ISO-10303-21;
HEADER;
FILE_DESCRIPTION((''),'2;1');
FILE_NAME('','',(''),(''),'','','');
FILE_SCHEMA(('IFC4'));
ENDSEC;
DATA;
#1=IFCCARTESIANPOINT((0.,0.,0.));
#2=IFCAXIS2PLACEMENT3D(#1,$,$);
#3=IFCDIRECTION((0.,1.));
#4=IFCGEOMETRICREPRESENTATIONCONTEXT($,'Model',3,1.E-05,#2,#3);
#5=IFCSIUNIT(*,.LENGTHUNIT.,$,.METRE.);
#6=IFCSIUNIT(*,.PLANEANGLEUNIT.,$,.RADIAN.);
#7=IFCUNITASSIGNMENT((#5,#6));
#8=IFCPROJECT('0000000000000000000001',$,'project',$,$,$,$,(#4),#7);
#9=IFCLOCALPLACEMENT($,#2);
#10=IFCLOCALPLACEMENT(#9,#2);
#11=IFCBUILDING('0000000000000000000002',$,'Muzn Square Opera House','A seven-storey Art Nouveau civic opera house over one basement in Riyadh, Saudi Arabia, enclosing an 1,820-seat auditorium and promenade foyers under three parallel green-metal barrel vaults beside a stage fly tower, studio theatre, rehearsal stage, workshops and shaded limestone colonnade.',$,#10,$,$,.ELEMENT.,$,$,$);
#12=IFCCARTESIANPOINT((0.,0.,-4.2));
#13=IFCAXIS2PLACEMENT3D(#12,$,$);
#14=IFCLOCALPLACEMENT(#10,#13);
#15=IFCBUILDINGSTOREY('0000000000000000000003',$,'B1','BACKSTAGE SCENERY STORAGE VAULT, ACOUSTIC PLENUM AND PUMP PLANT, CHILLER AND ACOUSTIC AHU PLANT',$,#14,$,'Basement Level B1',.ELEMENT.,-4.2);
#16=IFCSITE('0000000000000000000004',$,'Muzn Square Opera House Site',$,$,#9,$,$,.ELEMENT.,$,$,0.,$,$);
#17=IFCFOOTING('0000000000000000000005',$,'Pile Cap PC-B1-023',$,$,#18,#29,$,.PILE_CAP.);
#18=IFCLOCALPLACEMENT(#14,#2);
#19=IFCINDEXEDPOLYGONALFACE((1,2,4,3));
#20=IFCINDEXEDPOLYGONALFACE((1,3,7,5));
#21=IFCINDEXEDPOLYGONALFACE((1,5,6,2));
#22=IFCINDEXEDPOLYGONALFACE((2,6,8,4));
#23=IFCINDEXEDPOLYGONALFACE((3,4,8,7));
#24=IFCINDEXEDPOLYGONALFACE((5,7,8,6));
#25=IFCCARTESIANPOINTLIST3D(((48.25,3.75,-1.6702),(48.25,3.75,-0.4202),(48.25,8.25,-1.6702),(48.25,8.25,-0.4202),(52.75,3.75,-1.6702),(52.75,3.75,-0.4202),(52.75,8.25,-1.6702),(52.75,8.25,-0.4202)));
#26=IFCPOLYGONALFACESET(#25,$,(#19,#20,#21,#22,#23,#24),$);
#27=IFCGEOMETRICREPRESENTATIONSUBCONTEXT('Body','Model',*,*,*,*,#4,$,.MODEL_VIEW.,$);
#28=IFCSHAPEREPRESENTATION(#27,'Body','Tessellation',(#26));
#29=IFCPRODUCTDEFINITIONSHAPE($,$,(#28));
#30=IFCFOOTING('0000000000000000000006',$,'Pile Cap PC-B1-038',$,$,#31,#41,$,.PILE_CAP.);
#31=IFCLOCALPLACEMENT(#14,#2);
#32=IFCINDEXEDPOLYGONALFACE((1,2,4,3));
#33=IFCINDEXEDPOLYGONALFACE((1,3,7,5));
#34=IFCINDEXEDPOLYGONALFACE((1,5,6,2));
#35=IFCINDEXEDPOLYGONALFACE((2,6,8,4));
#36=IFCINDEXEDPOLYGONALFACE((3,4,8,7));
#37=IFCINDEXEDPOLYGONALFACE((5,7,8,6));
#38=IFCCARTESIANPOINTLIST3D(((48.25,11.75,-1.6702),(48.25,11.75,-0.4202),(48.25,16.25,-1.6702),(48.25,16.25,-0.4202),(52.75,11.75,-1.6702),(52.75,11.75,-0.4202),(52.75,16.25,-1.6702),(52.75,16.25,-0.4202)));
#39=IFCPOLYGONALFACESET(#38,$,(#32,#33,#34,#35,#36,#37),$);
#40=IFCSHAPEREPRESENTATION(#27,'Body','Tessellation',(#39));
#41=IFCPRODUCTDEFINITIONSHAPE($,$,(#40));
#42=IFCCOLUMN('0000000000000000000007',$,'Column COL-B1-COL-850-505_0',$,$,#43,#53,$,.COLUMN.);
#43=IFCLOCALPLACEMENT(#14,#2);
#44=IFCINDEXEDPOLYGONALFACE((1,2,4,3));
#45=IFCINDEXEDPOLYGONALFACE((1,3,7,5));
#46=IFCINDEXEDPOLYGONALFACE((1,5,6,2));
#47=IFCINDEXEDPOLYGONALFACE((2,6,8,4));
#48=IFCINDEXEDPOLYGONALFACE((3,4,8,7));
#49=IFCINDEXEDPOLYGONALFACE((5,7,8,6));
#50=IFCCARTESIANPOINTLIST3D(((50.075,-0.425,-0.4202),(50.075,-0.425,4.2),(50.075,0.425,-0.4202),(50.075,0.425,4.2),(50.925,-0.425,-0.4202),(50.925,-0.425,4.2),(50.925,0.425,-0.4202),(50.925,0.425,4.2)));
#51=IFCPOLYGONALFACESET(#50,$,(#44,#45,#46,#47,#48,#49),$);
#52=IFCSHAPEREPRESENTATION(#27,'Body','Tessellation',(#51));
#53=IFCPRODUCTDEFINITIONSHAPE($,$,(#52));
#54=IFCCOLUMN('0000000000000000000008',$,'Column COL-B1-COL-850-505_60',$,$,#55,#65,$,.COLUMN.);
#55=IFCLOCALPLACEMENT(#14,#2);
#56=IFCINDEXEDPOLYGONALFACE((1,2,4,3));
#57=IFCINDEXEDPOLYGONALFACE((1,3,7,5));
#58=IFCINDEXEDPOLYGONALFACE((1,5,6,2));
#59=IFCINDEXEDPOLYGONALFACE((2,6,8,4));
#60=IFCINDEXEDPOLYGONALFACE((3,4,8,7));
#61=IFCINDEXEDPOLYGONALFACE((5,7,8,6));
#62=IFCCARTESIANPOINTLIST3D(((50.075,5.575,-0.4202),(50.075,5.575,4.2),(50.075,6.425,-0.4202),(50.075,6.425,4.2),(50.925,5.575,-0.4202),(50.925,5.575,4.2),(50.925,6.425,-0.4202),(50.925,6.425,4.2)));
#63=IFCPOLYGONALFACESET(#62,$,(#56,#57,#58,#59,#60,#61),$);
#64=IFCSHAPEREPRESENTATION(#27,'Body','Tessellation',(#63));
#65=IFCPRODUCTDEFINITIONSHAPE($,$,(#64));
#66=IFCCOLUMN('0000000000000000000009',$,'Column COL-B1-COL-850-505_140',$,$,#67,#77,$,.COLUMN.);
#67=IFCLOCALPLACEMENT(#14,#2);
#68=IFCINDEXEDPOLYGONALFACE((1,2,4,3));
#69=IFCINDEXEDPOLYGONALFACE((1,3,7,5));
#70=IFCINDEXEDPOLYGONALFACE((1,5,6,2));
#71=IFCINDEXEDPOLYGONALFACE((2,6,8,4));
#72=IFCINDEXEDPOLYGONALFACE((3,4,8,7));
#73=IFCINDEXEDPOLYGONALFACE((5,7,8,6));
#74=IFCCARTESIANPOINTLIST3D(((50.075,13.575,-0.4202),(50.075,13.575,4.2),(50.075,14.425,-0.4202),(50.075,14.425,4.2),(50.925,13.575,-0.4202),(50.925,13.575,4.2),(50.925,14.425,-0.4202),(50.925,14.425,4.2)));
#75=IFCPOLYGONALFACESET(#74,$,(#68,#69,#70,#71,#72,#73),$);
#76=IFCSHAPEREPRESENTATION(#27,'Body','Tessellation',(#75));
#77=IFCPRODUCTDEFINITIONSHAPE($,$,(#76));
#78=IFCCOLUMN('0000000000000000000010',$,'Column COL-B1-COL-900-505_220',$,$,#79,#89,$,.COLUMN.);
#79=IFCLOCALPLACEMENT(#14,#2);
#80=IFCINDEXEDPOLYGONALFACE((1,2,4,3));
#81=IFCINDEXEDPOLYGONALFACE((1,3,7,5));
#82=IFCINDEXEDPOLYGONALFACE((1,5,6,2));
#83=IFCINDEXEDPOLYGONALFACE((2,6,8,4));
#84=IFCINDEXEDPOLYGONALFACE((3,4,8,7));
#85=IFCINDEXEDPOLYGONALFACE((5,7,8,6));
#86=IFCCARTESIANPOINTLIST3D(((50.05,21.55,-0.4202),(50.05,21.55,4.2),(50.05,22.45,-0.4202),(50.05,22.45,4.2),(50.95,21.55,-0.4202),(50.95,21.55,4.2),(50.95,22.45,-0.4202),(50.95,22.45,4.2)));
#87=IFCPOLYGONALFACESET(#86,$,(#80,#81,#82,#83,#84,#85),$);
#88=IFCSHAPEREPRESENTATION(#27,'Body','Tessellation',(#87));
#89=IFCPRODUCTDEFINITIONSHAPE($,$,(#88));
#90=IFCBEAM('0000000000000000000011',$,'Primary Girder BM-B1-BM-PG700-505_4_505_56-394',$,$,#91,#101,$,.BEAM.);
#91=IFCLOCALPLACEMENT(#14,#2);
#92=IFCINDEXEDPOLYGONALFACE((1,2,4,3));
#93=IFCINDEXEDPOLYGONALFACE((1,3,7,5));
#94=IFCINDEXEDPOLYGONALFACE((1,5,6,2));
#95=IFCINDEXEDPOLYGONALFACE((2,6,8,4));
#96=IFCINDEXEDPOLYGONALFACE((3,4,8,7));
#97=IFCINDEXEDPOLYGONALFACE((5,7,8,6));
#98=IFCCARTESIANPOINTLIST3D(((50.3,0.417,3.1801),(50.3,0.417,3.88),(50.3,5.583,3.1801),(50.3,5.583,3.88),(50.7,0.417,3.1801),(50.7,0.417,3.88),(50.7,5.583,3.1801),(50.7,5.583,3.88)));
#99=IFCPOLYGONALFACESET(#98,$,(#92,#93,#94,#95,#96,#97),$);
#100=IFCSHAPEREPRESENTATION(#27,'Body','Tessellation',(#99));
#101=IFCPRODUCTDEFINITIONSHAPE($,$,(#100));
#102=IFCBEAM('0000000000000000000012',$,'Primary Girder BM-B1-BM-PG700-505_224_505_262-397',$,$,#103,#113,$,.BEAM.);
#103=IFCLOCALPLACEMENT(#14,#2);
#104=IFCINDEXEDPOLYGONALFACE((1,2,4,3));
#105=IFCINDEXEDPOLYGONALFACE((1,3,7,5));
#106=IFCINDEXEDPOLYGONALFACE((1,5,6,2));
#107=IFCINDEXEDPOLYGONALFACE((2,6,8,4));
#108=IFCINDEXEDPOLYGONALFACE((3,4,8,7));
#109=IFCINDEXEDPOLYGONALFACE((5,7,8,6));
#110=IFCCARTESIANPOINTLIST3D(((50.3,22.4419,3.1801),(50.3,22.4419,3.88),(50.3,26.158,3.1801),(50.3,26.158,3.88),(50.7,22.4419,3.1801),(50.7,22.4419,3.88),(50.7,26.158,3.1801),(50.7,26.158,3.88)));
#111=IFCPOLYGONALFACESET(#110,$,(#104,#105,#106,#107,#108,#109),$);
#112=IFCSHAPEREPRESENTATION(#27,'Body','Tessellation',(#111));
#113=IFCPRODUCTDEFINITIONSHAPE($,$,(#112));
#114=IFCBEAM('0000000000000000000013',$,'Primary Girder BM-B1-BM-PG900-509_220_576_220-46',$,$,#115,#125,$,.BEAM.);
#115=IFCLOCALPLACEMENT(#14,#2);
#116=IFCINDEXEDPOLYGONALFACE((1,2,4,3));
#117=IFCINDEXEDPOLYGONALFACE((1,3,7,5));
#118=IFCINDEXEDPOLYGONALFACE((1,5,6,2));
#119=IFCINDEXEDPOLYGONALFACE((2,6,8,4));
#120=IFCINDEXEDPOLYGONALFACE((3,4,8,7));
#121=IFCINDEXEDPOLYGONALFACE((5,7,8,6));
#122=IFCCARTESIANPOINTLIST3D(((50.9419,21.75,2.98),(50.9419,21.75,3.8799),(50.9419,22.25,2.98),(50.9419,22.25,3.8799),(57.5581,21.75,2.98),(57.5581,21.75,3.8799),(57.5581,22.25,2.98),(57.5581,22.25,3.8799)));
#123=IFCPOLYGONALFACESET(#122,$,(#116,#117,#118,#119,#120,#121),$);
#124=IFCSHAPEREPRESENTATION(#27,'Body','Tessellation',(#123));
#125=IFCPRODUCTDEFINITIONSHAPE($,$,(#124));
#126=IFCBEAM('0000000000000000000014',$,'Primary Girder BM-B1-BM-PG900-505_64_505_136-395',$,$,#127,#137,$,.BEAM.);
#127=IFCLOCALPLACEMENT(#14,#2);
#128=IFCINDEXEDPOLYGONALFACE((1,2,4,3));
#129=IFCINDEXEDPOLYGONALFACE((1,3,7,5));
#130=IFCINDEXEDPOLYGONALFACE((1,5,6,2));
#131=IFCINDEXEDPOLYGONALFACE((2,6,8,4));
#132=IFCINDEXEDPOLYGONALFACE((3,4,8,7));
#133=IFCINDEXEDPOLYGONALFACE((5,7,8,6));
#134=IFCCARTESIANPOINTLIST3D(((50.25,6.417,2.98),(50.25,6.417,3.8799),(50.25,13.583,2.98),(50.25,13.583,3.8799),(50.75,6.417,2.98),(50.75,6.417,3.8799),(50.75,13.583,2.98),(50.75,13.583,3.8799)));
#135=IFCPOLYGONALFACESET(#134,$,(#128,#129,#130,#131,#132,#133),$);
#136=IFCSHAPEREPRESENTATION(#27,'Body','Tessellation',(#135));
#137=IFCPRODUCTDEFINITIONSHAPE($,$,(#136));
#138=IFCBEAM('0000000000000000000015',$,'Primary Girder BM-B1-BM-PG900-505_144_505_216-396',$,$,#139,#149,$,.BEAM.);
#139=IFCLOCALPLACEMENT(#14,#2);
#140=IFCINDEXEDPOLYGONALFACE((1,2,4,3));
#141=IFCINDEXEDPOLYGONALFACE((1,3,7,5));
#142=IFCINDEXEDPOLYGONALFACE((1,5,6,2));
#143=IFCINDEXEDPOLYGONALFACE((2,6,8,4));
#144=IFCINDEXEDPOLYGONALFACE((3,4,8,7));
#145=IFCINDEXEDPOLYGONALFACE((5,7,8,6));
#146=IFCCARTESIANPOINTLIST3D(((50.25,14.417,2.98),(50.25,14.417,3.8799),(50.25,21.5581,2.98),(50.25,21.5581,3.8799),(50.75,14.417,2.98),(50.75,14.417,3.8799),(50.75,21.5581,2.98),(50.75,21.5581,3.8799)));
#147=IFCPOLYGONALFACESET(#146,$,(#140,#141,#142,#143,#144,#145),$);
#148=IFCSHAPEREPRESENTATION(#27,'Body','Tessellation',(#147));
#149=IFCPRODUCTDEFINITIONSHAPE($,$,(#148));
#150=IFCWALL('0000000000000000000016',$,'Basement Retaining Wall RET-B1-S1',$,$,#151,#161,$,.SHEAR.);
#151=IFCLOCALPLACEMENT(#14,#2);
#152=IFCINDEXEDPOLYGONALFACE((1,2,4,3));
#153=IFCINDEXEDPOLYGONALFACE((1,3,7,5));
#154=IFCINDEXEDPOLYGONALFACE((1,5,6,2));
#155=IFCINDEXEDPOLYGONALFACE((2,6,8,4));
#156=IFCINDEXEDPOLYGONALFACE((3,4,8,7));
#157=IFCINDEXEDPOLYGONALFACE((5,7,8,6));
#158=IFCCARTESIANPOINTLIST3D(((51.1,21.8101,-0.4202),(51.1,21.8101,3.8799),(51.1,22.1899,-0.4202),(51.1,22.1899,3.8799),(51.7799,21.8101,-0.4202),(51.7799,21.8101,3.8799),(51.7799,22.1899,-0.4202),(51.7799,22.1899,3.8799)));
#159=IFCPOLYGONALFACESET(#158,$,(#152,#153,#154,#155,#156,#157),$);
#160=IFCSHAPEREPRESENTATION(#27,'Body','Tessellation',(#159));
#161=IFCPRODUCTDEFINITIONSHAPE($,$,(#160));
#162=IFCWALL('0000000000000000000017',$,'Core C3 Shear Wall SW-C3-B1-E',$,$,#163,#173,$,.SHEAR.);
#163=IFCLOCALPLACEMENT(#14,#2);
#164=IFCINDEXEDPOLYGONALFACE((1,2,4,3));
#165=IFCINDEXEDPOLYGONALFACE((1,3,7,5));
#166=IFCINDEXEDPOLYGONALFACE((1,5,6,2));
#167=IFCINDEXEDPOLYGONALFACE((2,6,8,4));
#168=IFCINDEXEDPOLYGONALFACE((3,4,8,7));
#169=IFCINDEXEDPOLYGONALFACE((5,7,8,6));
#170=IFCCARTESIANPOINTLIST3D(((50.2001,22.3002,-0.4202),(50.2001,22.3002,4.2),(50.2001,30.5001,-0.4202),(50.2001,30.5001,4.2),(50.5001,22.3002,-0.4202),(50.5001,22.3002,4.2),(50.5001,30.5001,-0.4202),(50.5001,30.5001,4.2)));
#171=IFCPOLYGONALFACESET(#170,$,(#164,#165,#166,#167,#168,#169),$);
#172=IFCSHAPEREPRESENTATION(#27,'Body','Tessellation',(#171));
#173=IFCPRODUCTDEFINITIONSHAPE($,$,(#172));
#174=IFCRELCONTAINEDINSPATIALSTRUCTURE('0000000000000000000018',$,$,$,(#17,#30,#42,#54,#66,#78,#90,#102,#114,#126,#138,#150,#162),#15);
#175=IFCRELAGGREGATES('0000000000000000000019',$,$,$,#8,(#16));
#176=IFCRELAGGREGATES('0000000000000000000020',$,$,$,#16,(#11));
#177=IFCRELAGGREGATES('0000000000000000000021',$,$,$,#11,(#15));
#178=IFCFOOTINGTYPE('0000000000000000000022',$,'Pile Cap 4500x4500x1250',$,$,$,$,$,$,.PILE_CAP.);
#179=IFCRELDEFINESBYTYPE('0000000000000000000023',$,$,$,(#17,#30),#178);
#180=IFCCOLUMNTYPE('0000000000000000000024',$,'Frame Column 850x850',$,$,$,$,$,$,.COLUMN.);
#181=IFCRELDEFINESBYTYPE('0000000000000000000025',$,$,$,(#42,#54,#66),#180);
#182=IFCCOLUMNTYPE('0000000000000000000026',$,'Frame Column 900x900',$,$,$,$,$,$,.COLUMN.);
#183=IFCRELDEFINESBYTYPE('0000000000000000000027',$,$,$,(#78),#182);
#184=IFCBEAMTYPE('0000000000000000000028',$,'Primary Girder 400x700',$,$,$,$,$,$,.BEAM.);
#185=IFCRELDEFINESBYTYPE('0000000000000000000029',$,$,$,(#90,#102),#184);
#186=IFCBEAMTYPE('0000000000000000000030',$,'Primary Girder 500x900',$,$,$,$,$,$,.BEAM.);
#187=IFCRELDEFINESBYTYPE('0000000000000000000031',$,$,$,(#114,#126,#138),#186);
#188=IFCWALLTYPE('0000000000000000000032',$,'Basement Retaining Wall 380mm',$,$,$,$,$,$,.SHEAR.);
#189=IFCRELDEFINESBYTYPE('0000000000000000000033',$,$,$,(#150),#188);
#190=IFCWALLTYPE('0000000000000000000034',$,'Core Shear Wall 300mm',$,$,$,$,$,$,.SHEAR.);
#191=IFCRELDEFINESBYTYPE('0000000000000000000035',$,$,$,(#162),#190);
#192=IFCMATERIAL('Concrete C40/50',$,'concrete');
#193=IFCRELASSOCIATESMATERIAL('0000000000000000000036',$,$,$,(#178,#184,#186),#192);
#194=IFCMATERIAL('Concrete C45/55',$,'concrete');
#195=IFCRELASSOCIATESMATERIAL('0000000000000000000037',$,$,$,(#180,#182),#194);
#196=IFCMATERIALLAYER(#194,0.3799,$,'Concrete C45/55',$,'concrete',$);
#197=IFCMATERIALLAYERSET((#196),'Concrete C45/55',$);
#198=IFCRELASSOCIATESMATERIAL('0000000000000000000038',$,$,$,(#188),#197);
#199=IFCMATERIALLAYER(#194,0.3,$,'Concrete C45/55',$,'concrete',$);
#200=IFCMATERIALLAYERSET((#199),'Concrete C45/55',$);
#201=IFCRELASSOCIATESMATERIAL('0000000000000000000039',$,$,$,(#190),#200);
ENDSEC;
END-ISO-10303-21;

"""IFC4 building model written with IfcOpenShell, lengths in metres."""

from ifc_helpers import new_model, si_unit, direction, frame, frame_2d, origin, origin_2d, place, context, subcontext, project, spatial, rectangle, extrude, material, layer, layer_set, material_profile, profile_set, type_object, element, save


model = new_model("IFC4")

# Units and contexts
model_context = context("Model", 3, precision=1e-05, world=origin(), true_north=direction((0.0, 1.0)))
body_context = subcontext(model_context, "Body", "Model", "MODEL_VIEW")
ifc_project = project(units=[si_unit("LENGTHUNIT", "METRE"), si_unit("PLANEANGLEUNIT", "RADIAN")], contexts=[model_context])

# Site, building, storey
site_placement = place(None, origin())
site = spatial("IfcSite", under=ifc_project, at=site_placement, Name="Muzn Square Opera House Site", CompositionType="ELEMENT", RefElevation=0.0)
building_placement = place(site_placement, origin())
building = spatial("IfcBuilding", under=site, at=building_placement, Name="Muzn Square Opera House", Description="A seven-storey Art Nouveau civic opera house over one basement in Riyadh, Saudi Arabia, enclosing an 1,820-seat auditorium and promenade foyers under three parallel green-metal barrel vaults beside a stage fly tower, studio theatre, rehearsal stage, workshops and shaded limestone colonnade.", CompositionType="ELEMENT")
storey_placement = place(building_placement, frame((0.0, 0.0, -4.2)))
storey = spatial("IfcBuildingStorey", under=building, at=storey_placement, Name="B1", Description="BACKSTAGE SCENERY STORAGE VAULT, ACOUSTIC PLENUM AND PUMP PLANT, CHILLER AND ACOUSTIC AHU PLANT", LongName="Basement Level B1", CompositionType="ELEMENT", Elevation=-4.2)

# Shared definitions
ifc_material_1 = material(Name="Concrete C40/50", Category="concrete")

# Footings
footing_type_1 = type_object("IfcFootingType", Name="Pile Cap 4500x4500x1250", PredefinedType="PILE_CAP", material=ifc_material_1)
for number, where, z_axis, x_axis, name in (
    (1, (50.5, 6.0, -1.6702), (0.0, 0.0, 1.0), (1.0, 0.0, 0.0), "Pile Cap PC-B1-023"),
    (2, (50.5, 14.0, -1.6702), (0.0, 0.0, 1.0), (1.0, 0.0, 0.0), "Pile Cap PC-B1-038"),
):
    element("IfcFooting", number, at=place(storey_placement, frame(where, z_axis=z_axis, x_axis=x_axis)), inside=storey, type_object=footing_type_1, Name=name, PredefinedType="PILE_CAP", context=body_context, shape_type="SweptSolid", body=[
        extrude(rectangle(XDim=4.5, YDim=4.5, at=origin_2d()), origin(), (0.0, 0.0, 1.0), 1.25),
    ])

# Columns
ifc_material_2 = material(Name="Concrete C45/55", Category="concrete")
ifc_material_profile_1 = material_profile(ifc_material_2, rectangle(XDim=0.8501, YDim=0.8501, at=origin_2d()), Name="RC 850x850", Category="concrete")
ifc_profile_set_1 = profile_set([ifc_material_profile_1], Name="Concrete C45/55")
column_type_1 = type_object("IfcColumnType", Name="Frame Column 850x850", PredefinedType="COLUMN", material=ifc_profile_set_1)
for number, where, z_axis, x_axis, name in (
    (3, (50.5, 0.0, -0.4202), (0.0, 0.0, 1.0), (1.0, 0.0, 0.0), "Column COL-B1-COL-850-505_0"),
    (4, (50.5, 6.0, -0.4202), (0.0, 0.0, 1.0), (1.0, 0.0, 0.0), "Column COL-B1-COL-850-505_60"),
    (5, (50.5, 14.0, -0.4202), (0.0, 0.0, 1.0), (1.0, 0.0, 0.0), "Column COL-B1-COL-850-505_140"),
):
    element("IfcColumn", number, at=place(storey_placement, frame(where, z_axis=z_axis, x_axis=x_axis)), inside=storey, type_object=column_type_1, Name=name, PredefinedType="COLUMN", context=body_context, shape_type="SweptSolid", body=[
        extrude(rectangle(XDim=0.8501, YDim=0.8501, at=origin_2d()), origin(), (0.0, 0.0, 1.0), 4.6201),
    ])
ifc_material_profile_2 = material_profile(ifc_material_2, rectangle(XDim=0.8999, YDim=0.8999, at=origin_2d()), Name="RC 900x900", Category="concrete")
ifc_profile_set_2 = profile_set([ifc_material_profile_2], Name="Concrete C45/55")
column_type_2 = type_object("IfcColumnType", Name="Frame Column 900x900", PredefinedType="COLUMN", material=ifc_profile_set_2)
column_placement = place(storey_placement, frame((50.5, 22.0, -0.4202), z_axis=(0.0, 0.0, 1.0), x_axis=(1.0, 0.0, 0.0)))
element("IfcColumn", 6, at=column_placement, inside=storey, type_object=column_type_2, Name="Column COL-B1-COL-900-505_220", PredefinedType="COLUMN", context=body_context, shape_type="SweptSolid", body=[
    extrude(rectangle(XDim=0.8999, YDim=0.8999, at=origin_2d()), origin(), (0.0, 0.0, 1.0), 4.6201),
])

# Beams
ifc_material_profile_3 = material_profile(ifc_material_1, rectangle(XDim=0.3999, YDim=0.7, at=origin_2d()), Name="RCB 400x700", Category="concrete")
ifc_profile_set_3 = profile_set([ifc_material_profile_3], Name="Concrete C40/50")
beam_type_1 = type_object("IfcBeamType", Name="Primary Girder 400x700", PredefinedType="BEAM", material=ifc_profile_set_3)
beam_1_placement = place(storey_placement, frame((50.5, 0.417, 3.53), z_axis=(0.0, 1.0, 0.0), x_axis=(-1.0, 0.0, 0.0)))
element("IfcBeam", 7, at=beam_1_placement, inside=storey, type_object=beam_type_1, Name="Primary Girder BM-B1-BM-PG700-505_4_505_56-394", PredefinedType="BEAM", context=body_context, shape_type="SweptSolid", body=[
    extrude(rectangle(XDim=0.3999, YDim=0.7, at=origin_2d()), origin(), (0.0, 0.0, 1.0), 5.166),
])
beam_2_placement = place(storey_placement, frame((50.5, 22.4419, 3.53), z_axis=(0.0, 1.0, 0.0), x_axis=(-1.0, 0.0, 0.0)))
element("IfcBeam", 8, at=beam_2_placement, inside=storey, type_object=beam_type_1, Name="Primary Girder BM-B1-BM-PG700-505_224_505_262-397", PredefinedType="BEAM", context=body_context, shape_type="SweptSolid", body=[
    extrude(rectangle(XDim=0.3999, YDim=0.7, at=origin_2d()), origin(), (0.0, 0.0, 1.0), 3.7161),
])
ifc_material_profile_4 = material_profile(ifc_material_1, rectangle(XDim=0.5, YDim=0.8999, at=origin_2d()), Name="RCB 500x900", Category="concrete")
ifc_profile_set_4 = profile_set([ifc_material_profile_4], Name="Concrete C40/50")
beam_type_2 = type_object("IfcBeamType", Name="Primary Girder 500x900", PredefinedType="BEAM", material=ifc_profile_set_4)
beam_3_placement = place(storey_placement, frame((50.9419, 22.0, 3.4299), z_axis=(1.0, 0.0, 0.0), x_axis=(0.0, 1.0, 0.0)))
element("IfcBeam", 9, at=beam_3_placement, inside=storey, type_object=beam_type_2, Name="Primary Girder BM-B1-BM-PG900-509_220_576_220-46", PredefinedType="BEAM", context=body_context, shape_type="SweptSolid", body=[
    extrude(rectangle(XDim=0.5, YDim=0.8999, at=origin_2d()), origin(), (0.0, 0.0, 1.0), 6.6162),
])
beam_4_placement = place(storey_placement, frame((50.5, 6.417, 3.4299), z_axis=(0.0, 1.0, 0.0), x_axis=(-1.0, 0.0, 0.0)))
element("IfcBeam", 10, at=beam_4_placement, inside=storey, type_object=beam_type_2, Name="Primary Girder BM-B1-BM-PG900-505_64_505_136-395", PredefinedType="BEAM", context=body_context, shape_type="SweptSolid", body=[
    extrude(rectangle(XDim=0.5, YDim=0.8999, at=origin_2d()), origin(), (0.0, 0.0, 1.0), 7.166),
])
beam_5_placement = place(storey_placement, frame((50.5, 14.417, 3.4299), z_axis=(0.0, 1.0, 0.0), x_axis=(-1.0, 0.0, 0.0)))
element("IfcBeam", 11, at=beam_5_placement, inside=storey, type_object=beam_type_2, Name="Primary Girder BM-B1-BM-PG900-505_144_505_216-396", PredefinedType="BEAM", context=body_context, shape_type="SweptSolid", body=[
    extrude(rectangle(XDim=0.5, YDim=0.8999, at=origin_2d()), origin(), (0.0, 0.0, 1.0), 7.1411),
])

# Walls
ifc_layer_1 = layer(ifc_material_2, 0.3799, Name="Concrete C45/55", Category="concrete")
ifc_layer_set_1 = layer_set([ifc_layer_1], Name="Concrete C45/55")
wall_type_1 = type_object("IfcWallType", Name="Basement Retaining Wall 380mm", PredefinedType="SHEAR", material=ifc_layer_set_1)
wall_1_placement = place(storey_placement, frame((51.1001, 22.0, -0.4202), z_axis=(0.0, 0.0, 1.0), x_axis=(1.0, 0.0, 0.0)))
element("IfcWall", 12, at=wall_1_placement, inside=storey, type_object=wall_type_1, Name="Basement Retaining Wall RET-B1-S1", PredefinedType="SHEAR", context=body_context, shape_type="SweptSolid", body=[
    extrude(rectangle(XDim=0.6799, YDim=0.3799, at=frame_2d((0.3398, 0.0))), origin(), (0.0, 0.0, 1.0), 4.3),
])
ifc_layer_2 = layer(ifc_material_2, 0.3, Name="Concrete C45/55", Category="concrete")
ifc_layer_set_2 = layer_set([ifc_layer_2], Name="Concrete C45/55")
wall_type_2 = type_object("IfcWallType", Name="Core Shear Wall 300mm", PredefinedType="SHEAR", material=ifc_layer_set_2)
wall_2_placement = place(storey_placement, frame((50.3501, 22.3, -0.4202), z_axis=(0.0, 0.0, 1.0), x_axis=(0.0, 1.0, 0.0)))
element("IfcWall", 13, at=wall_2_placement, inside=storey, type_object=wall_type_2, Name="Core C3 Shear Wall SW-C3-B1-E", PredefinedType="SHEAR", context=body_context, shape_type="SweptSolid", body=[
    extrude(rectangle(XDim=8.2, YDim=0.3, at=frame_2d((4.1001, 0.0))), origin(), (0.0, 0.0, 1.0), 4.6201),
])

save(model, "model.ifc")
